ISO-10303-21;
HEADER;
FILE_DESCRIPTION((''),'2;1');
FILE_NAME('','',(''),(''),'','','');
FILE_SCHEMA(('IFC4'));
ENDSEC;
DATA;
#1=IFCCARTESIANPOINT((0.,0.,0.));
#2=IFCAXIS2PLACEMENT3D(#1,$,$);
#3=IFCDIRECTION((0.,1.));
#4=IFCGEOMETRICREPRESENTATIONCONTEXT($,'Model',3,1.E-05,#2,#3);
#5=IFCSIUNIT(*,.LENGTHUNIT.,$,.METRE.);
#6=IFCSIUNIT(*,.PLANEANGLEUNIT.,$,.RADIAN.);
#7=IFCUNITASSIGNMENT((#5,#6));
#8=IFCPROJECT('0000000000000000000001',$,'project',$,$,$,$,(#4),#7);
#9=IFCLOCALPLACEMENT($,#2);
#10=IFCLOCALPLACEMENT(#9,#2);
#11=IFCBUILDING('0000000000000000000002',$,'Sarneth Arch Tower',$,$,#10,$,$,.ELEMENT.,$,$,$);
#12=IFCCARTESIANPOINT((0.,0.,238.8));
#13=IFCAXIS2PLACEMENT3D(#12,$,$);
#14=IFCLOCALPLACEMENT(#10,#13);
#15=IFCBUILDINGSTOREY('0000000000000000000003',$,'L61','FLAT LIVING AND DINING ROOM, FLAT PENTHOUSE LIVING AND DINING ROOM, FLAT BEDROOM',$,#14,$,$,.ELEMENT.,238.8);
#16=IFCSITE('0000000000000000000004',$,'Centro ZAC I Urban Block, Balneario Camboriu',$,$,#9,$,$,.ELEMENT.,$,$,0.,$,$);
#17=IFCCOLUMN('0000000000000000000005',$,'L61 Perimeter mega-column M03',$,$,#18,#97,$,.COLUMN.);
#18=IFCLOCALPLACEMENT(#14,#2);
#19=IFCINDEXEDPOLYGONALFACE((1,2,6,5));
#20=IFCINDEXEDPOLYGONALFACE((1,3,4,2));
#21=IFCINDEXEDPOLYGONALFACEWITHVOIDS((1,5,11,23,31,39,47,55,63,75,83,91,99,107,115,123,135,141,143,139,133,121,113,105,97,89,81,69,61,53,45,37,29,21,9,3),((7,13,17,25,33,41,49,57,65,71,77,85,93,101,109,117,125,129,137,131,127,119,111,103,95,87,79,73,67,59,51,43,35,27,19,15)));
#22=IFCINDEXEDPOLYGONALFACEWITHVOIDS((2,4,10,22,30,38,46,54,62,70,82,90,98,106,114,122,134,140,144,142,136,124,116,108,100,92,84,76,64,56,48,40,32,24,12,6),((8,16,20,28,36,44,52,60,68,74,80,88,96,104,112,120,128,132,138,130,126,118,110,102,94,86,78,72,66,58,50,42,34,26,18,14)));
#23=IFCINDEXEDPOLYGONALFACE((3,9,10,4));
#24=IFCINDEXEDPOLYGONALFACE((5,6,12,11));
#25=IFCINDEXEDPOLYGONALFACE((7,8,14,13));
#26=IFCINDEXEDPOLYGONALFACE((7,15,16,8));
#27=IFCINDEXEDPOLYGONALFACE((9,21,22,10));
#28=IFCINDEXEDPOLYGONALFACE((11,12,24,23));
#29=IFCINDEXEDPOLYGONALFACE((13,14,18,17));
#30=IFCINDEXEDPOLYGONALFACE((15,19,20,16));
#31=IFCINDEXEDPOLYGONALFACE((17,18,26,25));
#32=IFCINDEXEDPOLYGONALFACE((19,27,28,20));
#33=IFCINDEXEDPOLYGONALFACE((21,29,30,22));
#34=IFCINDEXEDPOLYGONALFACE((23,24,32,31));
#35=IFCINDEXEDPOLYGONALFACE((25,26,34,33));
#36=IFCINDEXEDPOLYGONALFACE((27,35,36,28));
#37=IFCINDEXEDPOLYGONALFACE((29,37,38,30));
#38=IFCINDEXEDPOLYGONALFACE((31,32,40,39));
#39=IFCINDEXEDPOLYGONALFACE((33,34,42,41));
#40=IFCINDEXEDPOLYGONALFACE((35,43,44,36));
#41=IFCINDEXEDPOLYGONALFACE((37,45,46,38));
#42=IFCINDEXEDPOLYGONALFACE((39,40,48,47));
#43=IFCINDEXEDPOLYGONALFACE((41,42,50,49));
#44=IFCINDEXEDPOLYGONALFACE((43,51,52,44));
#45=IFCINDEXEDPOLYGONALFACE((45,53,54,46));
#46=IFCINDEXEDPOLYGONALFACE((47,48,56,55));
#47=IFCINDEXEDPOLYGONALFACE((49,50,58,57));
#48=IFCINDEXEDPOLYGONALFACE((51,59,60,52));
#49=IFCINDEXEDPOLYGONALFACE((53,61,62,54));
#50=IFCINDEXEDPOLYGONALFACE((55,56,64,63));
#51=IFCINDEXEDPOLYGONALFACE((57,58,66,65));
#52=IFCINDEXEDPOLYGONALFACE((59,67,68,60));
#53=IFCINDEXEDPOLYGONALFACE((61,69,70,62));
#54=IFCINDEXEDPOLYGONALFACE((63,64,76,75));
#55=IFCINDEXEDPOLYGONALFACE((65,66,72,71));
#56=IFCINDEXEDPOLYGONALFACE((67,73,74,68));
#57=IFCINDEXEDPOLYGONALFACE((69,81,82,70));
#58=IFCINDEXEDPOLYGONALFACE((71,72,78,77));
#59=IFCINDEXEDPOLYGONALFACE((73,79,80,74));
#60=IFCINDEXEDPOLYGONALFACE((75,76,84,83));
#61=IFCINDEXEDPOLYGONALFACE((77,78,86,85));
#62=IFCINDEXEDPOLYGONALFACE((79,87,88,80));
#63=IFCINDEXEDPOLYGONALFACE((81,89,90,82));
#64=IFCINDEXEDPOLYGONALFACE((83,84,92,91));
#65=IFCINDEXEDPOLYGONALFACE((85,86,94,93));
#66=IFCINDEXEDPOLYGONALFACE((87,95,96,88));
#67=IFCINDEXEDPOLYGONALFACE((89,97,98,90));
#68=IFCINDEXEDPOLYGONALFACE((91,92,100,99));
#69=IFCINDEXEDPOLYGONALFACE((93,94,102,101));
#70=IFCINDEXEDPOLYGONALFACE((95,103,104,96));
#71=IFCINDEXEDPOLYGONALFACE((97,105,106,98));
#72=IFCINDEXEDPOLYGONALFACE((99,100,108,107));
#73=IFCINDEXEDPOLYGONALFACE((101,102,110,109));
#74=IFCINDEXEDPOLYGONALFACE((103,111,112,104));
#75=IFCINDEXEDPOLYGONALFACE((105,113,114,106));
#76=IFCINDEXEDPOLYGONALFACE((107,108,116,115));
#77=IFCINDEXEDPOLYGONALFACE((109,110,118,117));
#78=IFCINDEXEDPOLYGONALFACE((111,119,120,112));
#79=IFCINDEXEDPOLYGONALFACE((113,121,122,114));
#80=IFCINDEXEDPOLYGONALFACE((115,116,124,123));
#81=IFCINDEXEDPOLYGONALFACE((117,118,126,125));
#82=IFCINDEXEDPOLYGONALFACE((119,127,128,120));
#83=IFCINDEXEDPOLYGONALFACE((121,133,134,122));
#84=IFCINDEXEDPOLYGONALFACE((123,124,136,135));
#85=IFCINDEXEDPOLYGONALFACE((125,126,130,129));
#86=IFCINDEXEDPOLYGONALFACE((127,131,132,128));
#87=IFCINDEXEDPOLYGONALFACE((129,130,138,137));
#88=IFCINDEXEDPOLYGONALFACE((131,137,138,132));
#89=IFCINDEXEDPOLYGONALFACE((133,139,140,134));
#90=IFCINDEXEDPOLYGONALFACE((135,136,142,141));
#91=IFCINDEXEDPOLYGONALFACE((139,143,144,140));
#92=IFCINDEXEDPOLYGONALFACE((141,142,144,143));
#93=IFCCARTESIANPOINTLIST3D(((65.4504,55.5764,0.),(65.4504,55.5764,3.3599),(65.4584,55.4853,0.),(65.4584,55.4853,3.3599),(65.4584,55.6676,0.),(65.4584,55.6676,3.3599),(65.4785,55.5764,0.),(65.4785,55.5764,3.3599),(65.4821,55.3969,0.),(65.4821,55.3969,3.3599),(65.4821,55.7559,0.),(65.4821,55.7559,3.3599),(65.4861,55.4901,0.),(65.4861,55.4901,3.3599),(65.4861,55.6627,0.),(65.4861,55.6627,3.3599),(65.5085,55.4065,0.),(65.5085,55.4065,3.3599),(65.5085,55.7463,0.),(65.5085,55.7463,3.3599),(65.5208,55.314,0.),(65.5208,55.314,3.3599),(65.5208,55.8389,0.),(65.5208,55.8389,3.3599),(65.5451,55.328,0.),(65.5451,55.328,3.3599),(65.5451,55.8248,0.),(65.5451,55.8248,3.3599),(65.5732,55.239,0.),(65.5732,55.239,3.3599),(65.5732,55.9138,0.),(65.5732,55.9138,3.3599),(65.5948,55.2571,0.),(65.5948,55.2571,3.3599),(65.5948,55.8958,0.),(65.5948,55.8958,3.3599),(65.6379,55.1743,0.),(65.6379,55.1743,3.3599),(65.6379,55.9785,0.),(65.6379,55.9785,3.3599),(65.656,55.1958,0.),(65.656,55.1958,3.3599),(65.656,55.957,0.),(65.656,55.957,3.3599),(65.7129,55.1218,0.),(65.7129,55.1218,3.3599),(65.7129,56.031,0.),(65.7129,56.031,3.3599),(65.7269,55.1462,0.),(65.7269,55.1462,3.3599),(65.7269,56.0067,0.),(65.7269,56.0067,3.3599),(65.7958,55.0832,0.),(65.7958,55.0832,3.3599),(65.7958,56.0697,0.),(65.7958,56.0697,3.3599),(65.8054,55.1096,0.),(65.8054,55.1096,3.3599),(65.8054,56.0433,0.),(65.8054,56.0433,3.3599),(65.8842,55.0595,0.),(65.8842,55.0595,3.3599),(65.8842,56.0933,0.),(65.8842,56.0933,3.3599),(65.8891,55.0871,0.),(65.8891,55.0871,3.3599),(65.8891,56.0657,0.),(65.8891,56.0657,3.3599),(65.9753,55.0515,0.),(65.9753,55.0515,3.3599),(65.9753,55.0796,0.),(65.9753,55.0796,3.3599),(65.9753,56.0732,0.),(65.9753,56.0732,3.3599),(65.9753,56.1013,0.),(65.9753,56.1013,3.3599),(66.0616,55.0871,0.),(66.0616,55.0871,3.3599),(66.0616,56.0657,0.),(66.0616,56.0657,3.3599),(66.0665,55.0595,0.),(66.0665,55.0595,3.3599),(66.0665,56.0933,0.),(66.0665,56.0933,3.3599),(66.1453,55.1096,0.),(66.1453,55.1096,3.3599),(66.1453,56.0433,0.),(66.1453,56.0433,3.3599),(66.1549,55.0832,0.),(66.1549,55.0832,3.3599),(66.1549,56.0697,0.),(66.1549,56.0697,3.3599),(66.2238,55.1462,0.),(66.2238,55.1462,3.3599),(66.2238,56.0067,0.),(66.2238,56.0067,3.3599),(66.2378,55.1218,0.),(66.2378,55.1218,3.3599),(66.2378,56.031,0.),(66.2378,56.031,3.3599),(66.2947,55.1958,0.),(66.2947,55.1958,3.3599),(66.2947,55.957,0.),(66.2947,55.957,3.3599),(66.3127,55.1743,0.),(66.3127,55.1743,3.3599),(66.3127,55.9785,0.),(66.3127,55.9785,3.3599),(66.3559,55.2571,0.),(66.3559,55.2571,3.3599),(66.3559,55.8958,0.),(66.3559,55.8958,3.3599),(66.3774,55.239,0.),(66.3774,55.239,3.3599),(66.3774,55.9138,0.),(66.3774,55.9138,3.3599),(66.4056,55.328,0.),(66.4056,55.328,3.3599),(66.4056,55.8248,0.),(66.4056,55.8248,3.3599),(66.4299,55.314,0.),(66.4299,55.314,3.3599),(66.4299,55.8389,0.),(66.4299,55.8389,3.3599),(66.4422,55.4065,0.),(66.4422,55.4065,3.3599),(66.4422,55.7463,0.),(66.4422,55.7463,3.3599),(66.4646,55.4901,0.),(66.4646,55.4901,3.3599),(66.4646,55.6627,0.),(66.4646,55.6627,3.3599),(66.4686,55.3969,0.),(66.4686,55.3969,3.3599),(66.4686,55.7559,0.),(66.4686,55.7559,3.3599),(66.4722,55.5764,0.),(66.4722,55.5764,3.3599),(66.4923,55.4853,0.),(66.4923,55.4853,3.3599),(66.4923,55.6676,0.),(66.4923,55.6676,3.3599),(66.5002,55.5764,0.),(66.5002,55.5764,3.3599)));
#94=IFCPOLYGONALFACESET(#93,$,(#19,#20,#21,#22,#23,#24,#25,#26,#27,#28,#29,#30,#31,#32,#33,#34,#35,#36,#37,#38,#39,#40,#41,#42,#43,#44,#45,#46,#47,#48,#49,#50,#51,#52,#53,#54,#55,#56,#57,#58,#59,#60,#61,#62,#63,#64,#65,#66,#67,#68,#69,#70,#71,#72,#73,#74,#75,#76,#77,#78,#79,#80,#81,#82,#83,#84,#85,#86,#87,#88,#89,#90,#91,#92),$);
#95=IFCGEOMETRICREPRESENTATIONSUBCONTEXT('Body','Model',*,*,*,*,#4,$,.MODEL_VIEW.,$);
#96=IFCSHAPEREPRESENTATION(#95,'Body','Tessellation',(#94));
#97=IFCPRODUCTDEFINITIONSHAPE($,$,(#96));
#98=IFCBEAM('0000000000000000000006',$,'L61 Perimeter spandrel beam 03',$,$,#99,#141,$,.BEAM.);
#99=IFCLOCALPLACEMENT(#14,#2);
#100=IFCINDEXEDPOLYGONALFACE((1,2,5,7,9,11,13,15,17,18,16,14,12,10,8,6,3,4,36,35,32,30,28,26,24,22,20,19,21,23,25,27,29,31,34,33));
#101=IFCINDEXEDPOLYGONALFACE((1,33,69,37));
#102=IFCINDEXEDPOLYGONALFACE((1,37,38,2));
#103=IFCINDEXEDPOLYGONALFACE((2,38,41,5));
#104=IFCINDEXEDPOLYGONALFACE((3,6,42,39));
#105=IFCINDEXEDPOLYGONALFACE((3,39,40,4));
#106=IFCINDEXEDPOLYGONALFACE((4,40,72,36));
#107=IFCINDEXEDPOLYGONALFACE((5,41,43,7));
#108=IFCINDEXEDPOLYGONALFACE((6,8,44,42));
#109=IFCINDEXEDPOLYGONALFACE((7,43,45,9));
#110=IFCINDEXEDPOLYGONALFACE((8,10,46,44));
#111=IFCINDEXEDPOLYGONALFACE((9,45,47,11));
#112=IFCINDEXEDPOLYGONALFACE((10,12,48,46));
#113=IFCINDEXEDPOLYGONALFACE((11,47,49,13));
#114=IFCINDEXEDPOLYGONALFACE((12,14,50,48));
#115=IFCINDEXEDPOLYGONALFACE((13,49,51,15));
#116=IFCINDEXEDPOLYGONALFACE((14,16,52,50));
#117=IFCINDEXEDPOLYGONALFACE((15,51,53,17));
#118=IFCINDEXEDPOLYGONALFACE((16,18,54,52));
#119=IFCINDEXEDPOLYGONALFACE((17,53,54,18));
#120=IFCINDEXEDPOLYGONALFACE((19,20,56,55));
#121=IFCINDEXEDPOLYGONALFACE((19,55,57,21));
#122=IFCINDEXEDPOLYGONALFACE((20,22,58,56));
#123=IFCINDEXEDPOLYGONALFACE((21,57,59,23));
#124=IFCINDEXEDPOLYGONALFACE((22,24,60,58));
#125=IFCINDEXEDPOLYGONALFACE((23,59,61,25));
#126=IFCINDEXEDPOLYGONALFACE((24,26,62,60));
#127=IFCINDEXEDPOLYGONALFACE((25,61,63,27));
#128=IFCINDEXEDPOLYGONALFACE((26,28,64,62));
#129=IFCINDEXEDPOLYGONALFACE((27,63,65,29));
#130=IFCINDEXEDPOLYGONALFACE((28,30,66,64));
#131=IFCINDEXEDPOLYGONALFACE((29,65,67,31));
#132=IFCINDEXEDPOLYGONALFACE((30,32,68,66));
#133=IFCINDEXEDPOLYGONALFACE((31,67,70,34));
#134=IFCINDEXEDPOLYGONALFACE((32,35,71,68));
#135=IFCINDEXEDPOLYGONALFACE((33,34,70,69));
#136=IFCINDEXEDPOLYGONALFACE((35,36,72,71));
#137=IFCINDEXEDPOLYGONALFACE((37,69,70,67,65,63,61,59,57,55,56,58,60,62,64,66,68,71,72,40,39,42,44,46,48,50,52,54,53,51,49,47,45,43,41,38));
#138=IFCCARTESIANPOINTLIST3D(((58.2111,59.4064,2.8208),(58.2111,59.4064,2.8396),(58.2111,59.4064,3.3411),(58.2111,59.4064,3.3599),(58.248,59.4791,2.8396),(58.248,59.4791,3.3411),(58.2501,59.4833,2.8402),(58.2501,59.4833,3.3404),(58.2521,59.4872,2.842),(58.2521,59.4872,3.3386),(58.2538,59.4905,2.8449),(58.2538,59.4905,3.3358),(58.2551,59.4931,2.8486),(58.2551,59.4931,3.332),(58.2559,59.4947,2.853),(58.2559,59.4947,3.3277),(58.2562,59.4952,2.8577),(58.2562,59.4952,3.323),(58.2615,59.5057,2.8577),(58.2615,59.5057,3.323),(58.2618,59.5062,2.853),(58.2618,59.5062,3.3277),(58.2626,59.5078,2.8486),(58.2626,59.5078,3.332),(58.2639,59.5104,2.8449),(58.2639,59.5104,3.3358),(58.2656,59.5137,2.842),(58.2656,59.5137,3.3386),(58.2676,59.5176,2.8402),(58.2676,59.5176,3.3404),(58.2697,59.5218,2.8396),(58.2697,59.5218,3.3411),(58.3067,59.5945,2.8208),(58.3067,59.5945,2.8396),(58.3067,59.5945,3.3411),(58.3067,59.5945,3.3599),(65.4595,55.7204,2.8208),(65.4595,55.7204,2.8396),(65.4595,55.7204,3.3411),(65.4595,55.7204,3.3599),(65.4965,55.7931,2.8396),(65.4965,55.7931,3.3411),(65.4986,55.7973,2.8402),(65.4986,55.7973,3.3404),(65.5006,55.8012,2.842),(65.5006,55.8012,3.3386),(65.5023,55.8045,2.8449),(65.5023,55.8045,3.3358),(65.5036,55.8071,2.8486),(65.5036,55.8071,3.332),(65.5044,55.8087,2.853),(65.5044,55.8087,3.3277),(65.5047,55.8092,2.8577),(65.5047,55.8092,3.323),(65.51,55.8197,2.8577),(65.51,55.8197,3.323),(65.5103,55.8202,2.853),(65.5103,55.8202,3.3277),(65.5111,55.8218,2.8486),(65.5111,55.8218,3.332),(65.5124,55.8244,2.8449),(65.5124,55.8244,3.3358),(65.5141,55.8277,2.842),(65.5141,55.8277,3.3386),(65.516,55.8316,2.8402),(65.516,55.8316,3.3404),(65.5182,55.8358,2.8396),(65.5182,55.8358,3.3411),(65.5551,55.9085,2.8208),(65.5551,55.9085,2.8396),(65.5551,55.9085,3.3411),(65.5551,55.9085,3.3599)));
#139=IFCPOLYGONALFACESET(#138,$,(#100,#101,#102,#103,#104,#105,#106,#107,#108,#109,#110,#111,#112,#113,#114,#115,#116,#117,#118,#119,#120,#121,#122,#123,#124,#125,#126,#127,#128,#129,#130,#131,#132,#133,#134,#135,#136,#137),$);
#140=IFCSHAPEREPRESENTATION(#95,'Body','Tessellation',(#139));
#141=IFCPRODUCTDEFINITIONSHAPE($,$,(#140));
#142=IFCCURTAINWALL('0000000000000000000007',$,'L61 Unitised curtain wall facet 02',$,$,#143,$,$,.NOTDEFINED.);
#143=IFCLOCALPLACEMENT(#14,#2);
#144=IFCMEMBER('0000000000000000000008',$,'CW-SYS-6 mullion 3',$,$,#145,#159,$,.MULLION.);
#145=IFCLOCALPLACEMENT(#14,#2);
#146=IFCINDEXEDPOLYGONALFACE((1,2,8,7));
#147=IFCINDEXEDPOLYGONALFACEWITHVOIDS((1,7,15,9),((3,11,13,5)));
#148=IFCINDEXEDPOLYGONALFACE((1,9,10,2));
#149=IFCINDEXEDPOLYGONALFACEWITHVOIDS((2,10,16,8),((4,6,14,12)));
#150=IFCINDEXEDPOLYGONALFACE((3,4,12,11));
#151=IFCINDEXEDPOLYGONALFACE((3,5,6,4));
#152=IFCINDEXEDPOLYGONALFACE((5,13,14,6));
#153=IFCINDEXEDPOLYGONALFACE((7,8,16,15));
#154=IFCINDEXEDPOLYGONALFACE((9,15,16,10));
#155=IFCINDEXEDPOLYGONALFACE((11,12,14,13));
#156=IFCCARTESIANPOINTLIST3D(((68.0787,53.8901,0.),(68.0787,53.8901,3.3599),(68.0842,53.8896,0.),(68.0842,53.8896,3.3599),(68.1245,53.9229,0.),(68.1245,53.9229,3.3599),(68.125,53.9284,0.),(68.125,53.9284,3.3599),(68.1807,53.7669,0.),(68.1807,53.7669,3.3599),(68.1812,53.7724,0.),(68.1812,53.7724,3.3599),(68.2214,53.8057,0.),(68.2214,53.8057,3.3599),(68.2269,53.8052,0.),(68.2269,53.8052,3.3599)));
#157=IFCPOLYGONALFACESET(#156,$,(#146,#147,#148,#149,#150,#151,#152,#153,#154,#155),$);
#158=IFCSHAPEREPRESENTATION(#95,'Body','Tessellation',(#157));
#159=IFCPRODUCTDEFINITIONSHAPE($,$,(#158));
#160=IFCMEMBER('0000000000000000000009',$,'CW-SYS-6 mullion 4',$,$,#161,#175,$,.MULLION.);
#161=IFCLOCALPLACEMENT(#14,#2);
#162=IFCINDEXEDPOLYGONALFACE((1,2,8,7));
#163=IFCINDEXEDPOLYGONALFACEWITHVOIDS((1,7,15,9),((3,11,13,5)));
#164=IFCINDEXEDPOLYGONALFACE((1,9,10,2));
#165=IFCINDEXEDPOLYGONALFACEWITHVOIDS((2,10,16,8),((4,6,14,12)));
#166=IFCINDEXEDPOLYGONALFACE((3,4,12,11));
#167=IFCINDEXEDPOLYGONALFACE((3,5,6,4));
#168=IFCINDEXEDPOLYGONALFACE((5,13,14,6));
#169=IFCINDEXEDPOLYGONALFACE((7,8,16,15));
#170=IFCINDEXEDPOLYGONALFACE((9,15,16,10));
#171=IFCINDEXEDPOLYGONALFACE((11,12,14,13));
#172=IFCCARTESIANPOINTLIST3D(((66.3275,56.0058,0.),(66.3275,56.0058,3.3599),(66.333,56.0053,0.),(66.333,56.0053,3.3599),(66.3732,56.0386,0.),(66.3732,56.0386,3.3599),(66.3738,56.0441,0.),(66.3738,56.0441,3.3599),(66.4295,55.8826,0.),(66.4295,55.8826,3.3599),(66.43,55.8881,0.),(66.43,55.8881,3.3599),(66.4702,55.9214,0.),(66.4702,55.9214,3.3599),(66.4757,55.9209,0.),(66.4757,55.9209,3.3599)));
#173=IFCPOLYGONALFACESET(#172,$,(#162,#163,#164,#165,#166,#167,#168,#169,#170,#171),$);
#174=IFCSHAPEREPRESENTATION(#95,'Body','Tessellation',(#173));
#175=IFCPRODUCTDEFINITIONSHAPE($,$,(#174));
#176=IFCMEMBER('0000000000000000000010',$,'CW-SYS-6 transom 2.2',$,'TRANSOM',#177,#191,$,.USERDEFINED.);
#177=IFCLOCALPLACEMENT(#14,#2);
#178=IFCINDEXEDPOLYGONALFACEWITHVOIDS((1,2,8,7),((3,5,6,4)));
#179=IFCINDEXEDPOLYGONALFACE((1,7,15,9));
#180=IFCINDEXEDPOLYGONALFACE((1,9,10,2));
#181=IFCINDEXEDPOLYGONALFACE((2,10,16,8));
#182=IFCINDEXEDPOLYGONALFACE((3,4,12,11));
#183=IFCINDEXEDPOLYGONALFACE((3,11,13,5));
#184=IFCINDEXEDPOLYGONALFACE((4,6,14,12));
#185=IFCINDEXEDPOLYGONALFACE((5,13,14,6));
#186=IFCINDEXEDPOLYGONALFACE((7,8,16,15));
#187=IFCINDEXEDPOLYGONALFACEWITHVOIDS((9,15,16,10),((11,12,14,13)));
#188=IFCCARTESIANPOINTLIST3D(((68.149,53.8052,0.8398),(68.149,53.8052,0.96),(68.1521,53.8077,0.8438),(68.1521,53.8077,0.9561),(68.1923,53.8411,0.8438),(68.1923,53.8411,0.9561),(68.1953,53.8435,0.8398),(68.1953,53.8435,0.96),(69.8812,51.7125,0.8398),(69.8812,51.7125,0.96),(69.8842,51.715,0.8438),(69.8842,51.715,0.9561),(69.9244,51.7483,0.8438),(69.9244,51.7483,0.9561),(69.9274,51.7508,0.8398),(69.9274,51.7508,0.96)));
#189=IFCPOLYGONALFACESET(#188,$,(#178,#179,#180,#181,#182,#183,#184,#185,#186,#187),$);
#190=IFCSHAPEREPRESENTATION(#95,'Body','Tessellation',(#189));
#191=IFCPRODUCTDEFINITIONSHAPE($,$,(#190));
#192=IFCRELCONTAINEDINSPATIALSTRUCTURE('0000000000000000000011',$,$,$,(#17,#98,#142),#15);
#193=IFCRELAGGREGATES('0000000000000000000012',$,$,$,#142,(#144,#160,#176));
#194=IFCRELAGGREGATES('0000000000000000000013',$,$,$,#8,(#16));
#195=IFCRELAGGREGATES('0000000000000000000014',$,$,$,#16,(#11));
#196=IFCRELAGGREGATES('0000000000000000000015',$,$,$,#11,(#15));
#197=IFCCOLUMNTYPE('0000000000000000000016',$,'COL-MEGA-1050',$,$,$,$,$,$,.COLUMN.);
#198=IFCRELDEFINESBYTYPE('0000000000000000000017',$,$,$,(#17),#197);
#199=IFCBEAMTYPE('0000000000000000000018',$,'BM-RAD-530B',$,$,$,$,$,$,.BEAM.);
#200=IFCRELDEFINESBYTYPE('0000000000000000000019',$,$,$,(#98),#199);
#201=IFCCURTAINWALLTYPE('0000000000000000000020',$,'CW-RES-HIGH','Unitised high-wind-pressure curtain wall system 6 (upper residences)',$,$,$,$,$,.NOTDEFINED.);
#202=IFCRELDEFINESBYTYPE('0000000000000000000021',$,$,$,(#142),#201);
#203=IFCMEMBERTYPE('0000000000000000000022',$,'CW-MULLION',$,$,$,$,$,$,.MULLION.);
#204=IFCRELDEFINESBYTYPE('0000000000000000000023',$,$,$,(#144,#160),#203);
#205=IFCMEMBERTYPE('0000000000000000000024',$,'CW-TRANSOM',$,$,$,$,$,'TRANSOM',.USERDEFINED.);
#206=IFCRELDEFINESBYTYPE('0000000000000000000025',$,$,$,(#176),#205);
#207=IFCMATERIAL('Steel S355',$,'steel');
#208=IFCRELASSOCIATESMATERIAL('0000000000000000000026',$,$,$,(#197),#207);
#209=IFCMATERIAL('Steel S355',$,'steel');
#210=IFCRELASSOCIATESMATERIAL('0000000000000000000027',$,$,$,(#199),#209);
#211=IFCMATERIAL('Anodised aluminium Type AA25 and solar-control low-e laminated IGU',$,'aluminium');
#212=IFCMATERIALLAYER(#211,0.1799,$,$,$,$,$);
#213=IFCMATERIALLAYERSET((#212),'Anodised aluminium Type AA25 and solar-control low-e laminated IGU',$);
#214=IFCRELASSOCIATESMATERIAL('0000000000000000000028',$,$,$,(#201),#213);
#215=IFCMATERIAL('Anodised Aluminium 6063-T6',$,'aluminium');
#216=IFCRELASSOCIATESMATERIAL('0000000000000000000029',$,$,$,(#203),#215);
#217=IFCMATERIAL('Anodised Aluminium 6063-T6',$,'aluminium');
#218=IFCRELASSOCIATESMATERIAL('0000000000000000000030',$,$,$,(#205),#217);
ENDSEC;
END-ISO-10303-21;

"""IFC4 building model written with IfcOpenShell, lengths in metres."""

from ifc_helpers import new_model, si_unit, direction, frame, origin, origin_2d, place, context, subcontext, project, spatial, hollow_rectangle, hollow_circle, i_section, extrude, material, layer, layer_set, material_profile, profile_set, type_object, element, aggregate, save


model = new_model("IFC4")

# Units and contexts
model_context = context("Model", 3, precision=1e-05, world=origin(), true_north=direction((0.0, 1.0)))
body_context = subcontext(model_context, "Body", "Model", "MODEL_VIEW")
ifc_project = project(units=[si_unit("LENGTHUNIT", "METRE"), si_unit("PLANEANGLEUNIT", "RADIAN")], contexts=[model_context])

# Site, building, storey
site_placement = place(None, origin())
site = spatial("IfcSite", under=ifc_project, at=site_placement, Name="Centro ZAC I Urban Block, Balneario Camboriu", CompositionType="ELEMENT", RefElevation=0.0)
building_placement = place(site_placement, origin())
building = spatial("IfcBuilding", under=site, at=building_placement, Name="Sarneth Arch Tower", CompositionType="ELEMENT")
storey_placement = place(building_placement, frame((0.0, 0.0, 238.8)))
storey = spatial("IfcBuildingStorey", under=building, at=storey_placement, Name="L61", Description="FLAT LIVING AND DINING ROOM, FLAT PENTHOUSE LIVING AND DINING ROOM, FLAT BEDROOM", CompositionType="ELEMENT", Elevation=238.8)

# Column
ifc_material_1 = material(Name="Steel S355", Category="steel")
ifc_material_profile_1 = material_profile(ifc_material_1, hollow_circle(Radius=0.5249, WallThickness=0.0281, at=origin_2d()), Name="CHS1050x28")
ifc_profile_set_1 = profile_set([ifc_material_profile_1], Name="Steel S355")
column_type = type_object("IfcColumnType", Name="COL-MEGA-1050", PredefinedType="COLUMN", material=ifc_profile_set_1)
column_placement = place(storey_placement, frame((65.9753, 55.5764, 0.0), z_axis=(0.0, 0.0, 1.0), x_axis=(1.0, 0.0, 0.0)))
element("IfcColumn", 1, at=column_placement, inside=storey, type_object=column_type, Name="L61 Perimeter mega-column M03", PredefinedType="COLUMN", context=body_context, shape_type="SweptSolid", body=[
    extrude(hollow_circle(Radius=0.5249, WallThickness=0.0281, at=origin_2d()), origin(), (0.0, 0.0, 1.0), 3.3599),
])

# Beam
ifc_material_2 = material(Name="Steel S355", Category="steel")
ifc_material_profile_2 = material_profile(ifc_material_2, i_section(OverallWidth=0.2109, OverallDepth=0.5391, WebThickness=0.0117, FlangeThickness=0.0188, FilletRadius=0.0181, at=origin_2d()), Name="W530x109")
ifc_profile_set_2 = profile_set([ifc_material_profile_2], Name="Steel S355")
beam_type = type_object("IfcBeamType", Name="BM-RAD-530B", PredefinedType="BEAM", material=ifc_profile_set_2)
beam_placement = place(storey_placement, frame((65.5073, 55.8145, 3.0903), z_axis=(-0.891368, 0.45328, 0.0), x_axis=(-0.45328, -0.891368, 0.0)))
element("IfcBeam", 2, at=beam_placement, inside=storey, type_object=beam_type, Name="L61 Perimeter spandrel beam 03", PredefinedType="BEAM", context=body_context, shape_type="SweptSolid", body=[
    extrude(i_section(OverallWidth=0.2109, OverallDepth=0.5391, WebThickness=0.0117, FlangeThickness=0.0188, FilletRadius=0.0181, at=origin_2d()), origin(), (0.0, 0.0, 1.0), 8.1318),
])

# Curtain wall, members
ifc_material_3 = material(Name="Anodised aluminium Type AA25 and solar-control low-e laminated IGU", Category="aluminium")
ifc_layer_1 = layer(ifc_material_3, 0.1799)
ifc_layer_set_1 = layer_set([ifc_layer_1], Name="Anodised aluminium Type AA25 and solar-control low-e laminated IGU")
curtain_wall_type = type_object("IfcCurtainWallType", Name="CW-RES-HIGH", Description="Unitised high-wind-pressure curtain wall system 6 (upper residences)", PredefinedType="NOTDEFINED", material=ifc_layer_set_1)
curtain_wall_placement = place(storey_placement, origin())
curtain_wall = element("IfcCurtainWall", 3, at=curtain_wall_placement, inside=storey, type_object=curtain_wall_type, Name="L61 Unitised curtain wall facet 02", PredefinedType="NOTDEFINED")
ifc_material_4 = material(Name="Anodised Aluminium 6063-T6", Category="aluminium")
ifc_material_profile_3 = material_profile(ifc_material_4, hollow_rectangle(XDim=0.0601, YDim=0.1599, WallThickness=0.0039, at=origin_2d()), Name="AL-MULL-160x60x4")
ifc_profile_set_3 = profile_set([ifc_material_profile_3], Name="Anodised Aluminium 6063-T6")
member_type_1 = type_object("IfcMemberType", Name="CW-MULLION", PredefinedType="MULLION", material=ifc_profile_set_3)
member_1_placement = place(storey_placement, frame((68.1528, 53.8477, 0.0), z_axis=(0.0, 0.0, 1.0), x_axis=(-0.770359, -0.63761, 0.0)))
member_1 = element("IfcMember", 4, at=member_1_placement, type_object=member_type_1, Name="CW-SYS-6 mullion 3", PredefinedType="MULLION", context=body_context, shape_type="SweptSolid", body=[
    extrude(hollow_rectangle(XDim=0.0601, YDim=0.1599, WallThickness=0.0039, at=origin_2d()), origin(), (0.0, 0.0, 1.0), 3.3599),
])
member_2_placement = place(storey_placement, frame((66.4016, 55.9634, 0.0), z_axis=(0.0, 0.0, 1.0), x_axis=(-0.770359, -0.63761, 0.0)))
member_2 = element("IfcMember", 5, at=member_2_placement, type_object=member_type_1, Name="CW-SYS-6 mullion 4", PredefinedType="MULLION", context=body_context, shape_type="SweptSolid", body=[
    extrude(hollow_rectangle(XDim=0.0601, YDim=0.1599, WallThickness=0.0039, at=origin_2d()), origin(), (0.0, 0.0, 1.0), 3.3599),
])
ifc_material_5 = material(Name="Anodised Aluminium 6063-T6", Category="aluminium")
ifc_material_profile_4 = material_profile(ifc_material_5, hollow_rectangle(XDim=0.0601, YDim=0.1201, WallThickness=0.0039, at=origin_2d()), Name="AL-TRAN-120x60x4")
ifc_profile_set_4 = profile_set([ifc_material_profile_4], Name="Anodised Aluminium 6063-T6")
member_type_2 = type_object("IfcMemberType", Name="CW-TRANSOM", ElementType="TRANSOM", PredefinedType="USERDEFINED", material=ifc_profile_set_4)
member_3_placement = place(storey_placement, frame((69.9043, 51.7317, 0.8999), z_axis=(-0.637617, 0.770353, 0.0), x_axis=(-0.770353, -0.637617, 0.0)))
member_3 = element("IfcMember", 6, at=member_3_placement, type_object=member_type_2, Name="CW-SYS-6 transom 2.2", ObjectType="TRANSOM", PredefinedType="USERDEFINED", context=body_context, shape_type="SweptSolid", body=[
    extrude(hollow_rectangle(XDim=0.0601, YDim=0.1201, WallThickness=0.0039, at=origin_2d()), origin(), (0.0, 0.0, 1.0), 2.7166),
])

aggregate(curtain_wall, [member_1, member_2, member_3])

save(model, "model.ifc")
